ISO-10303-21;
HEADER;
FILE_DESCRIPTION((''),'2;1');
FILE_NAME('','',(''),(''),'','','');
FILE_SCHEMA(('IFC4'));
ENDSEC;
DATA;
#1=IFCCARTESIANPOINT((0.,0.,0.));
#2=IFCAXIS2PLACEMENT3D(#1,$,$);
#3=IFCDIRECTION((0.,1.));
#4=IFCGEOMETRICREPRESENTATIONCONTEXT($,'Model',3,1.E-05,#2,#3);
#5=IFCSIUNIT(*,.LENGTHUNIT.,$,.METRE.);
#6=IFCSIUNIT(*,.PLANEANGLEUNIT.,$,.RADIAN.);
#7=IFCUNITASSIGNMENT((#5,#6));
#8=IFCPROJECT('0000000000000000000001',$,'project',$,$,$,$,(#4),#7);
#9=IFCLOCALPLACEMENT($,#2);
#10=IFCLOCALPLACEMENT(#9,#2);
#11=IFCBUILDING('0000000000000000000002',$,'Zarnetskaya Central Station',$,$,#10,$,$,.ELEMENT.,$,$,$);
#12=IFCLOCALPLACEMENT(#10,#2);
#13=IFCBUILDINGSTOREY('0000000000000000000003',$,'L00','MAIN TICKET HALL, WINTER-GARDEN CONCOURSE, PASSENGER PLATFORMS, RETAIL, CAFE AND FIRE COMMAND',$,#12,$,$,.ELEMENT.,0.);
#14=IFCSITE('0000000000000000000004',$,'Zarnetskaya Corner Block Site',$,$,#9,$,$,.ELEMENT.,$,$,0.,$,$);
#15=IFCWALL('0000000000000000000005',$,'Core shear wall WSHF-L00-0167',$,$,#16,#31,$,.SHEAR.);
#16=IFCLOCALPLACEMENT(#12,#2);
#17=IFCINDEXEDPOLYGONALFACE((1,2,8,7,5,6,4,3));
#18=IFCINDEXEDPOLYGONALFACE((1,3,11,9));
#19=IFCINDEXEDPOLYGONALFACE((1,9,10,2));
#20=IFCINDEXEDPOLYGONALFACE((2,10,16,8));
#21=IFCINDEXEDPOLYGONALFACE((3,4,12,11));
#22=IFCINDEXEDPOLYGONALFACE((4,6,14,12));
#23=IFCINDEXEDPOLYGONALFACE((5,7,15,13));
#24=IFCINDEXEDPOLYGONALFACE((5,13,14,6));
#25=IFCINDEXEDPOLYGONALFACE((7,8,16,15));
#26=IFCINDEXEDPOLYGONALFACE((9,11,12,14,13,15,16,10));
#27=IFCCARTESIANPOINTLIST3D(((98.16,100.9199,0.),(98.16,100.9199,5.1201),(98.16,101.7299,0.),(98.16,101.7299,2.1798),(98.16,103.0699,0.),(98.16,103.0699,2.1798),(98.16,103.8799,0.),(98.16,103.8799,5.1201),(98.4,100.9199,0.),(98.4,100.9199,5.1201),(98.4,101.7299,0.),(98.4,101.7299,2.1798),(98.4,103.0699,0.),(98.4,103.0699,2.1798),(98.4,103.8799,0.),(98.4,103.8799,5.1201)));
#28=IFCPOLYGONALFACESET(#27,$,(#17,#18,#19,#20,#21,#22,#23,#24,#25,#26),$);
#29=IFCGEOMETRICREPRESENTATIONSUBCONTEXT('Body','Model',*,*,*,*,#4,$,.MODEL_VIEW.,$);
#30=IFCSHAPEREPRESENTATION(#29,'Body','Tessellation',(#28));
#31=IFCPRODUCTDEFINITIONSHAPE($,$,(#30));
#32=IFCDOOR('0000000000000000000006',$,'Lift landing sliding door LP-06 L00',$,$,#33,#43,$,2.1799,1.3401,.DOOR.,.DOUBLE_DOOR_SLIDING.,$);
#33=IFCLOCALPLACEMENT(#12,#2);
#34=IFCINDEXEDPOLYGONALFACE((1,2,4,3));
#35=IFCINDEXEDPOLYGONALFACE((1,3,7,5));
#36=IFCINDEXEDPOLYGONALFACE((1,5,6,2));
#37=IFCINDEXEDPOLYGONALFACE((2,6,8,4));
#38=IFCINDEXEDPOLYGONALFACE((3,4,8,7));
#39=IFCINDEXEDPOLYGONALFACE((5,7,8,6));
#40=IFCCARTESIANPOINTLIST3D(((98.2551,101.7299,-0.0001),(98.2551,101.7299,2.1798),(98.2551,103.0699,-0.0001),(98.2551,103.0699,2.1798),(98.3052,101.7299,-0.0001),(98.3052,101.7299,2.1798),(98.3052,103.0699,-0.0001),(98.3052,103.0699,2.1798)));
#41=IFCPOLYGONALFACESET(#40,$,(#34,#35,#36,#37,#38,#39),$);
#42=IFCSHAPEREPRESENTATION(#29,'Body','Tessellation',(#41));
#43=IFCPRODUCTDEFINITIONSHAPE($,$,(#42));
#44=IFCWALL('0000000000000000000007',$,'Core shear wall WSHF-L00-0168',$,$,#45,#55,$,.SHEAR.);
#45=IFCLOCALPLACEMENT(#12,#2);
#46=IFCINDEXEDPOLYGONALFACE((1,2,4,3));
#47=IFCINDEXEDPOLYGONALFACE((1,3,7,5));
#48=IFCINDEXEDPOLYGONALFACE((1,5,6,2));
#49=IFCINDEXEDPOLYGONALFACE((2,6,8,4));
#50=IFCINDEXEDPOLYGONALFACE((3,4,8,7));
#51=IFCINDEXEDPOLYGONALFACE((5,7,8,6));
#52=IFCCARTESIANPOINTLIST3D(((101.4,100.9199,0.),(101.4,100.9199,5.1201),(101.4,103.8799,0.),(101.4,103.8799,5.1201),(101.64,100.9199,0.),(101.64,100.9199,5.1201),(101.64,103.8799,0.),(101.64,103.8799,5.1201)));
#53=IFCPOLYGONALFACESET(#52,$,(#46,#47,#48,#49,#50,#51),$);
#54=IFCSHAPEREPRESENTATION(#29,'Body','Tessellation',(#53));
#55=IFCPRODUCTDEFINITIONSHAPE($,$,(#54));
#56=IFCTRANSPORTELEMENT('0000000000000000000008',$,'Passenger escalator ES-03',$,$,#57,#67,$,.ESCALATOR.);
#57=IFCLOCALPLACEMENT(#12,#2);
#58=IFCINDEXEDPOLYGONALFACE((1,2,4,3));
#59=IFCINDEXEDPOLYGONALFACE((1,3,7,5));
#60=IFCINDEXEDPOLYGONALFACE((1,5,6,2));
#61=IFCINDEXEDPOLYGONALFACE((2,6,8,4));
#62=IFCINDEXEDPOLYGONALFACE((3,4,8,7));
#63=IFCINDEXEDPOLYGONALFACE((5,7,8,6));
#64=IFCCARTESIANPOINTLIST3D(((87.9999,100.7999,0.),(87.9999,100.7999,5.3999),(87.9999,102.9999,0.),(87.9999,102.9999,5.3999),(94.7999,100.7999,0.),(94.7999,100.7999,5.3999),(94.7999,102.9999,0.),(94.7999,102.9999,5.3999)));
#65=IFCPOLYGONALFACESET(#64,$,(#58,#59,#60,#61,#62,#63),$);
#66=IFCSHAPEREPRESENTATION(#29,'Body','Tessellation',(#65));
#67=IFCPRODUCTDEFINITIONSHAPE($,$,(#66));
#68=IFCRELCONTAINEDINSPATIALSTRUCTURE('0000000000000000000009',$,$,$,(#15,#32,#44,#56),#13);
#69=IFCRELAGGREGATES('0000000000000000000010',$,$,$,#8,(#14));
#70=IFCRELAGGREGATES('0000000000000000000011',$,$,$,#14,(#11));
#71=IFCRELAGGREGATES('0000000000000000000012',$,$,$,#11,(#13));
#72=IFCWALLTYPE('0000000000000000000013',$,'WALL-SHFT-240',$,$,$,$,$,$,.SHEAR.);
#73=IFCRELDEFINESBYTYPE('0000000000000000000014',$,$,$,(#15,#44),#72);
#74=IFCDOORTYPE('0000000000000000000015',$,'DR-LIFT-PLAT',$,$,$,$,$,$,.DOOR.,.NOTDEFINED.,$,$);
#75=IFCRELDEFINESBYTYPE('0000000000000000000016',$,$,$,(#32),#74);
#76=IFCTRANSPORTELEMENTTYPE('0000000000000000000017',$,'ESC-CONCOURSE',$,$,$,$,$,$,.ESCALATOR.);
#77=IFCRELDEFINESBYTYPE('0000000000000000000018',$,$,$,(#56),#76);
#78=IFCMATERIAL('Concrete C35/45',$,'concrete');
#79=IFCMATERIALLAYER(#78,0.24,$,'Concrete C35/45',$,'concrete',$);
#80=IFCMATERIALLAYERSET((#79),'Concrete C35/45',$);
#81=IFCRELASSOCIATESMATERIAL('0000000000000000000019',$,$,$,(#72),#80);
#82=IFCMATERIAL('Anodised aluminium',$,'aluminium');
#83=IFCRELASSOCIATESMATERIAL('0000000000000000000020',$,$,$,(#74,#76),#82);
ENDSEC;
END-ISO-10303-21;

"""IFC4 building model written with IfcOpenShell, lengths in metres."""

from ifc_helpers import new_model, si_unit, direction, frame, frame_2d, origin, origin_2d, place, context, subcontext, project, spatial, rectangle, extrude, material, layer, layer_set, type_object, element, fill, save


model = new_model("IFC4")

# Units and contexts
model_context = context("Model", 3, precision=1e-05, world=origin(), true_north=direction((0.0, 1.0)))
body_context = subcontext(model_context, "Body", "Model", "MODEL_VIEW")
ifc_project = project(units=[si_unit("LENGTHUNIT", "METRE"), si_unit("PLANEANGLEUNIT", "RADIAN")], contexts=[model_context])

# Site, building, storey
site_placement = place(None, origin())
site = spatial("IfcSite", under=ifc_project, at=site_placement, Name="Zarnetskaya Corner Block Site", CompositionType="ELEMENT", RefElevation=0.0)
building_placement = place(site_placement, origin())
building = spatial("IfcBuilding", under=site, at=building_placement, Name="Zarnetskaya Central Station", CompositionType="ELEMENT")
storey_placement = place(building_placement, origin())
storey = spatial("IfcBuildingStorey", under=building, at=storey_placement, Name="L00", Description="MAIN TICKET HALL, WINTER-GARDEN CONCOURSE, PASSENGER PLATFORMS, RETAIL, CAFE AND FIRE COMMAND", CompositionType="ELEMENT", Elevation=0.0)

# Shared definitions
ifc_material_1 = material(Name="Concrete C35/45", Category="concrete")
ifc_layer_1 = layer(ifc_material_1, 0.24, Name="Concrete C35/45", Category="concrete")
ifc_layer_set_1 = layer_set([ifc_layer_1], Name="Concrete C35/45")
wall_type = type_object("IfcWallType", Name="WALL-SHFT-240", PredefinedType="SHEAR", material=ifc_layer_set_1)

# Wall, opening, door
wall_1_placement = place(storey_placement, frame((98.28, 100.9199, 0.0), z_axis=(0.0, 0.0, 1.0), x_axis=(0.0, 1.0, 0.0)))
wall_1 = element("IfcWall", 1, at=wall_1_placement, inside=storey, type_object=wall_type, Name="Core shear wall WSHF-L00-0167", PredefinedType="SHEAR", context=body_context, shape_type="SweptSolid", body=[
    extrude(rectangle(XDim=2.96, YDim=0.24, at=frame_2d((1.48, 0.0))), origin(), (0.0, 0.0, 1.0), 5.1201),
])
opening_placement = place(wall_1_placement, frame((0.8101, 0.0, 0.0)))
opening = element("IfcOpeningElement", 2, at=opening_placement, cuts=wall_1, PredefinedType="OPENING", context=body_context, shape_type="SweptSolid", body=[
    extrude(rectangle(XDim=1.3401, YDim=2.1799, at=frame_2d((0.6699, 1.0898))), frame((0.0, 0.1299, 0.0), z_axis=(0.0, -1.0, 0.0), x_axis=(1.0, 0.0, 0.0)), (0.0, 0.0, 1.0), 0.26),
])
ifc_material_2 = material(Name="Anodised aluminium", Category="aluminium")
door_type = type_object("IfcDoorType", Name="DR-LIFT-PLAT", OperationType="NOTDEFINED", PredefinedType="DOOR", material=ifc_material_2)
door_placement = place(opening_placement, origin())
door = element("IfcDoor", 3, at=door_placement, inside=storey, type_object=door_type, Name="Lift landing sliding door LP-06 L00", OperationType="DOUBLE_DOOR_SLIDING", OverallHeight=2.1799, OverallWidth=1.3401, PredefinedType="DOOR", context=body_context, shape_type="SweptSolid", body=[
    extrude(rectangle(XDim=1.3401, YDim=2.1799, at=frame_2d((0.6699, 1.0898))), frame((0.0, 0.0249, 0.0), z_axis=(0.0, -1.0, 0.0), x_axis=(1.0, 0.0, 0.0)), (0.0, 0.0, 1.0), 0.05),
])
fill(opening, door)

# Wall
wall_2_placement = place(storey_placement, frame((101.52, 103.8799, 0.0), z_axis=(0.0, 0.0, 1.0), x_axis=(0.0, -1.0, 0.0)))
element("IfcWall", 4, at=wall_2_placement, inside=storey, type_object=wall_type, Name="Core shear wall WSHF-L00-0168", PredefinedType="SHEAR", context=body_context, shape_type="SweptSolid", body=[
    extrude(rectangle(XDim=2.96, YDim=0.24, at=frame_2d((1.48, 0.0))), origin(), (0.0, 0.0, 1.0), 5.1201),
])

# Transport element
transport_element_type = type_object("IfcTransportElementType", Name="ESC-CONCOURSE", PredefinedType="ESCALATOR", material=ifc_material_2)
transport_element_placement = place(storey_placement, frame((91.3999, 101.8999, 0.0), z_axis=(0.0, 0.0, 1.0), x_axis=(1.0, 0.0, 0.0)))
element("IfcTransportElement", 5, at=transport_element_placement, inside=storey, type_object=transport_element_type, Name="Passenger escalator ES-03", PredefinedType="ESCALATOR", context=body_context, shape_type="SweptSolid", body=[
    extrude(rectangle(XDim=6.8, YDim=2.2, at=origin_2d()), origin(), (0.0, 0.0, 1.0), 5.3999),
])

save(model, "model.ifc")
